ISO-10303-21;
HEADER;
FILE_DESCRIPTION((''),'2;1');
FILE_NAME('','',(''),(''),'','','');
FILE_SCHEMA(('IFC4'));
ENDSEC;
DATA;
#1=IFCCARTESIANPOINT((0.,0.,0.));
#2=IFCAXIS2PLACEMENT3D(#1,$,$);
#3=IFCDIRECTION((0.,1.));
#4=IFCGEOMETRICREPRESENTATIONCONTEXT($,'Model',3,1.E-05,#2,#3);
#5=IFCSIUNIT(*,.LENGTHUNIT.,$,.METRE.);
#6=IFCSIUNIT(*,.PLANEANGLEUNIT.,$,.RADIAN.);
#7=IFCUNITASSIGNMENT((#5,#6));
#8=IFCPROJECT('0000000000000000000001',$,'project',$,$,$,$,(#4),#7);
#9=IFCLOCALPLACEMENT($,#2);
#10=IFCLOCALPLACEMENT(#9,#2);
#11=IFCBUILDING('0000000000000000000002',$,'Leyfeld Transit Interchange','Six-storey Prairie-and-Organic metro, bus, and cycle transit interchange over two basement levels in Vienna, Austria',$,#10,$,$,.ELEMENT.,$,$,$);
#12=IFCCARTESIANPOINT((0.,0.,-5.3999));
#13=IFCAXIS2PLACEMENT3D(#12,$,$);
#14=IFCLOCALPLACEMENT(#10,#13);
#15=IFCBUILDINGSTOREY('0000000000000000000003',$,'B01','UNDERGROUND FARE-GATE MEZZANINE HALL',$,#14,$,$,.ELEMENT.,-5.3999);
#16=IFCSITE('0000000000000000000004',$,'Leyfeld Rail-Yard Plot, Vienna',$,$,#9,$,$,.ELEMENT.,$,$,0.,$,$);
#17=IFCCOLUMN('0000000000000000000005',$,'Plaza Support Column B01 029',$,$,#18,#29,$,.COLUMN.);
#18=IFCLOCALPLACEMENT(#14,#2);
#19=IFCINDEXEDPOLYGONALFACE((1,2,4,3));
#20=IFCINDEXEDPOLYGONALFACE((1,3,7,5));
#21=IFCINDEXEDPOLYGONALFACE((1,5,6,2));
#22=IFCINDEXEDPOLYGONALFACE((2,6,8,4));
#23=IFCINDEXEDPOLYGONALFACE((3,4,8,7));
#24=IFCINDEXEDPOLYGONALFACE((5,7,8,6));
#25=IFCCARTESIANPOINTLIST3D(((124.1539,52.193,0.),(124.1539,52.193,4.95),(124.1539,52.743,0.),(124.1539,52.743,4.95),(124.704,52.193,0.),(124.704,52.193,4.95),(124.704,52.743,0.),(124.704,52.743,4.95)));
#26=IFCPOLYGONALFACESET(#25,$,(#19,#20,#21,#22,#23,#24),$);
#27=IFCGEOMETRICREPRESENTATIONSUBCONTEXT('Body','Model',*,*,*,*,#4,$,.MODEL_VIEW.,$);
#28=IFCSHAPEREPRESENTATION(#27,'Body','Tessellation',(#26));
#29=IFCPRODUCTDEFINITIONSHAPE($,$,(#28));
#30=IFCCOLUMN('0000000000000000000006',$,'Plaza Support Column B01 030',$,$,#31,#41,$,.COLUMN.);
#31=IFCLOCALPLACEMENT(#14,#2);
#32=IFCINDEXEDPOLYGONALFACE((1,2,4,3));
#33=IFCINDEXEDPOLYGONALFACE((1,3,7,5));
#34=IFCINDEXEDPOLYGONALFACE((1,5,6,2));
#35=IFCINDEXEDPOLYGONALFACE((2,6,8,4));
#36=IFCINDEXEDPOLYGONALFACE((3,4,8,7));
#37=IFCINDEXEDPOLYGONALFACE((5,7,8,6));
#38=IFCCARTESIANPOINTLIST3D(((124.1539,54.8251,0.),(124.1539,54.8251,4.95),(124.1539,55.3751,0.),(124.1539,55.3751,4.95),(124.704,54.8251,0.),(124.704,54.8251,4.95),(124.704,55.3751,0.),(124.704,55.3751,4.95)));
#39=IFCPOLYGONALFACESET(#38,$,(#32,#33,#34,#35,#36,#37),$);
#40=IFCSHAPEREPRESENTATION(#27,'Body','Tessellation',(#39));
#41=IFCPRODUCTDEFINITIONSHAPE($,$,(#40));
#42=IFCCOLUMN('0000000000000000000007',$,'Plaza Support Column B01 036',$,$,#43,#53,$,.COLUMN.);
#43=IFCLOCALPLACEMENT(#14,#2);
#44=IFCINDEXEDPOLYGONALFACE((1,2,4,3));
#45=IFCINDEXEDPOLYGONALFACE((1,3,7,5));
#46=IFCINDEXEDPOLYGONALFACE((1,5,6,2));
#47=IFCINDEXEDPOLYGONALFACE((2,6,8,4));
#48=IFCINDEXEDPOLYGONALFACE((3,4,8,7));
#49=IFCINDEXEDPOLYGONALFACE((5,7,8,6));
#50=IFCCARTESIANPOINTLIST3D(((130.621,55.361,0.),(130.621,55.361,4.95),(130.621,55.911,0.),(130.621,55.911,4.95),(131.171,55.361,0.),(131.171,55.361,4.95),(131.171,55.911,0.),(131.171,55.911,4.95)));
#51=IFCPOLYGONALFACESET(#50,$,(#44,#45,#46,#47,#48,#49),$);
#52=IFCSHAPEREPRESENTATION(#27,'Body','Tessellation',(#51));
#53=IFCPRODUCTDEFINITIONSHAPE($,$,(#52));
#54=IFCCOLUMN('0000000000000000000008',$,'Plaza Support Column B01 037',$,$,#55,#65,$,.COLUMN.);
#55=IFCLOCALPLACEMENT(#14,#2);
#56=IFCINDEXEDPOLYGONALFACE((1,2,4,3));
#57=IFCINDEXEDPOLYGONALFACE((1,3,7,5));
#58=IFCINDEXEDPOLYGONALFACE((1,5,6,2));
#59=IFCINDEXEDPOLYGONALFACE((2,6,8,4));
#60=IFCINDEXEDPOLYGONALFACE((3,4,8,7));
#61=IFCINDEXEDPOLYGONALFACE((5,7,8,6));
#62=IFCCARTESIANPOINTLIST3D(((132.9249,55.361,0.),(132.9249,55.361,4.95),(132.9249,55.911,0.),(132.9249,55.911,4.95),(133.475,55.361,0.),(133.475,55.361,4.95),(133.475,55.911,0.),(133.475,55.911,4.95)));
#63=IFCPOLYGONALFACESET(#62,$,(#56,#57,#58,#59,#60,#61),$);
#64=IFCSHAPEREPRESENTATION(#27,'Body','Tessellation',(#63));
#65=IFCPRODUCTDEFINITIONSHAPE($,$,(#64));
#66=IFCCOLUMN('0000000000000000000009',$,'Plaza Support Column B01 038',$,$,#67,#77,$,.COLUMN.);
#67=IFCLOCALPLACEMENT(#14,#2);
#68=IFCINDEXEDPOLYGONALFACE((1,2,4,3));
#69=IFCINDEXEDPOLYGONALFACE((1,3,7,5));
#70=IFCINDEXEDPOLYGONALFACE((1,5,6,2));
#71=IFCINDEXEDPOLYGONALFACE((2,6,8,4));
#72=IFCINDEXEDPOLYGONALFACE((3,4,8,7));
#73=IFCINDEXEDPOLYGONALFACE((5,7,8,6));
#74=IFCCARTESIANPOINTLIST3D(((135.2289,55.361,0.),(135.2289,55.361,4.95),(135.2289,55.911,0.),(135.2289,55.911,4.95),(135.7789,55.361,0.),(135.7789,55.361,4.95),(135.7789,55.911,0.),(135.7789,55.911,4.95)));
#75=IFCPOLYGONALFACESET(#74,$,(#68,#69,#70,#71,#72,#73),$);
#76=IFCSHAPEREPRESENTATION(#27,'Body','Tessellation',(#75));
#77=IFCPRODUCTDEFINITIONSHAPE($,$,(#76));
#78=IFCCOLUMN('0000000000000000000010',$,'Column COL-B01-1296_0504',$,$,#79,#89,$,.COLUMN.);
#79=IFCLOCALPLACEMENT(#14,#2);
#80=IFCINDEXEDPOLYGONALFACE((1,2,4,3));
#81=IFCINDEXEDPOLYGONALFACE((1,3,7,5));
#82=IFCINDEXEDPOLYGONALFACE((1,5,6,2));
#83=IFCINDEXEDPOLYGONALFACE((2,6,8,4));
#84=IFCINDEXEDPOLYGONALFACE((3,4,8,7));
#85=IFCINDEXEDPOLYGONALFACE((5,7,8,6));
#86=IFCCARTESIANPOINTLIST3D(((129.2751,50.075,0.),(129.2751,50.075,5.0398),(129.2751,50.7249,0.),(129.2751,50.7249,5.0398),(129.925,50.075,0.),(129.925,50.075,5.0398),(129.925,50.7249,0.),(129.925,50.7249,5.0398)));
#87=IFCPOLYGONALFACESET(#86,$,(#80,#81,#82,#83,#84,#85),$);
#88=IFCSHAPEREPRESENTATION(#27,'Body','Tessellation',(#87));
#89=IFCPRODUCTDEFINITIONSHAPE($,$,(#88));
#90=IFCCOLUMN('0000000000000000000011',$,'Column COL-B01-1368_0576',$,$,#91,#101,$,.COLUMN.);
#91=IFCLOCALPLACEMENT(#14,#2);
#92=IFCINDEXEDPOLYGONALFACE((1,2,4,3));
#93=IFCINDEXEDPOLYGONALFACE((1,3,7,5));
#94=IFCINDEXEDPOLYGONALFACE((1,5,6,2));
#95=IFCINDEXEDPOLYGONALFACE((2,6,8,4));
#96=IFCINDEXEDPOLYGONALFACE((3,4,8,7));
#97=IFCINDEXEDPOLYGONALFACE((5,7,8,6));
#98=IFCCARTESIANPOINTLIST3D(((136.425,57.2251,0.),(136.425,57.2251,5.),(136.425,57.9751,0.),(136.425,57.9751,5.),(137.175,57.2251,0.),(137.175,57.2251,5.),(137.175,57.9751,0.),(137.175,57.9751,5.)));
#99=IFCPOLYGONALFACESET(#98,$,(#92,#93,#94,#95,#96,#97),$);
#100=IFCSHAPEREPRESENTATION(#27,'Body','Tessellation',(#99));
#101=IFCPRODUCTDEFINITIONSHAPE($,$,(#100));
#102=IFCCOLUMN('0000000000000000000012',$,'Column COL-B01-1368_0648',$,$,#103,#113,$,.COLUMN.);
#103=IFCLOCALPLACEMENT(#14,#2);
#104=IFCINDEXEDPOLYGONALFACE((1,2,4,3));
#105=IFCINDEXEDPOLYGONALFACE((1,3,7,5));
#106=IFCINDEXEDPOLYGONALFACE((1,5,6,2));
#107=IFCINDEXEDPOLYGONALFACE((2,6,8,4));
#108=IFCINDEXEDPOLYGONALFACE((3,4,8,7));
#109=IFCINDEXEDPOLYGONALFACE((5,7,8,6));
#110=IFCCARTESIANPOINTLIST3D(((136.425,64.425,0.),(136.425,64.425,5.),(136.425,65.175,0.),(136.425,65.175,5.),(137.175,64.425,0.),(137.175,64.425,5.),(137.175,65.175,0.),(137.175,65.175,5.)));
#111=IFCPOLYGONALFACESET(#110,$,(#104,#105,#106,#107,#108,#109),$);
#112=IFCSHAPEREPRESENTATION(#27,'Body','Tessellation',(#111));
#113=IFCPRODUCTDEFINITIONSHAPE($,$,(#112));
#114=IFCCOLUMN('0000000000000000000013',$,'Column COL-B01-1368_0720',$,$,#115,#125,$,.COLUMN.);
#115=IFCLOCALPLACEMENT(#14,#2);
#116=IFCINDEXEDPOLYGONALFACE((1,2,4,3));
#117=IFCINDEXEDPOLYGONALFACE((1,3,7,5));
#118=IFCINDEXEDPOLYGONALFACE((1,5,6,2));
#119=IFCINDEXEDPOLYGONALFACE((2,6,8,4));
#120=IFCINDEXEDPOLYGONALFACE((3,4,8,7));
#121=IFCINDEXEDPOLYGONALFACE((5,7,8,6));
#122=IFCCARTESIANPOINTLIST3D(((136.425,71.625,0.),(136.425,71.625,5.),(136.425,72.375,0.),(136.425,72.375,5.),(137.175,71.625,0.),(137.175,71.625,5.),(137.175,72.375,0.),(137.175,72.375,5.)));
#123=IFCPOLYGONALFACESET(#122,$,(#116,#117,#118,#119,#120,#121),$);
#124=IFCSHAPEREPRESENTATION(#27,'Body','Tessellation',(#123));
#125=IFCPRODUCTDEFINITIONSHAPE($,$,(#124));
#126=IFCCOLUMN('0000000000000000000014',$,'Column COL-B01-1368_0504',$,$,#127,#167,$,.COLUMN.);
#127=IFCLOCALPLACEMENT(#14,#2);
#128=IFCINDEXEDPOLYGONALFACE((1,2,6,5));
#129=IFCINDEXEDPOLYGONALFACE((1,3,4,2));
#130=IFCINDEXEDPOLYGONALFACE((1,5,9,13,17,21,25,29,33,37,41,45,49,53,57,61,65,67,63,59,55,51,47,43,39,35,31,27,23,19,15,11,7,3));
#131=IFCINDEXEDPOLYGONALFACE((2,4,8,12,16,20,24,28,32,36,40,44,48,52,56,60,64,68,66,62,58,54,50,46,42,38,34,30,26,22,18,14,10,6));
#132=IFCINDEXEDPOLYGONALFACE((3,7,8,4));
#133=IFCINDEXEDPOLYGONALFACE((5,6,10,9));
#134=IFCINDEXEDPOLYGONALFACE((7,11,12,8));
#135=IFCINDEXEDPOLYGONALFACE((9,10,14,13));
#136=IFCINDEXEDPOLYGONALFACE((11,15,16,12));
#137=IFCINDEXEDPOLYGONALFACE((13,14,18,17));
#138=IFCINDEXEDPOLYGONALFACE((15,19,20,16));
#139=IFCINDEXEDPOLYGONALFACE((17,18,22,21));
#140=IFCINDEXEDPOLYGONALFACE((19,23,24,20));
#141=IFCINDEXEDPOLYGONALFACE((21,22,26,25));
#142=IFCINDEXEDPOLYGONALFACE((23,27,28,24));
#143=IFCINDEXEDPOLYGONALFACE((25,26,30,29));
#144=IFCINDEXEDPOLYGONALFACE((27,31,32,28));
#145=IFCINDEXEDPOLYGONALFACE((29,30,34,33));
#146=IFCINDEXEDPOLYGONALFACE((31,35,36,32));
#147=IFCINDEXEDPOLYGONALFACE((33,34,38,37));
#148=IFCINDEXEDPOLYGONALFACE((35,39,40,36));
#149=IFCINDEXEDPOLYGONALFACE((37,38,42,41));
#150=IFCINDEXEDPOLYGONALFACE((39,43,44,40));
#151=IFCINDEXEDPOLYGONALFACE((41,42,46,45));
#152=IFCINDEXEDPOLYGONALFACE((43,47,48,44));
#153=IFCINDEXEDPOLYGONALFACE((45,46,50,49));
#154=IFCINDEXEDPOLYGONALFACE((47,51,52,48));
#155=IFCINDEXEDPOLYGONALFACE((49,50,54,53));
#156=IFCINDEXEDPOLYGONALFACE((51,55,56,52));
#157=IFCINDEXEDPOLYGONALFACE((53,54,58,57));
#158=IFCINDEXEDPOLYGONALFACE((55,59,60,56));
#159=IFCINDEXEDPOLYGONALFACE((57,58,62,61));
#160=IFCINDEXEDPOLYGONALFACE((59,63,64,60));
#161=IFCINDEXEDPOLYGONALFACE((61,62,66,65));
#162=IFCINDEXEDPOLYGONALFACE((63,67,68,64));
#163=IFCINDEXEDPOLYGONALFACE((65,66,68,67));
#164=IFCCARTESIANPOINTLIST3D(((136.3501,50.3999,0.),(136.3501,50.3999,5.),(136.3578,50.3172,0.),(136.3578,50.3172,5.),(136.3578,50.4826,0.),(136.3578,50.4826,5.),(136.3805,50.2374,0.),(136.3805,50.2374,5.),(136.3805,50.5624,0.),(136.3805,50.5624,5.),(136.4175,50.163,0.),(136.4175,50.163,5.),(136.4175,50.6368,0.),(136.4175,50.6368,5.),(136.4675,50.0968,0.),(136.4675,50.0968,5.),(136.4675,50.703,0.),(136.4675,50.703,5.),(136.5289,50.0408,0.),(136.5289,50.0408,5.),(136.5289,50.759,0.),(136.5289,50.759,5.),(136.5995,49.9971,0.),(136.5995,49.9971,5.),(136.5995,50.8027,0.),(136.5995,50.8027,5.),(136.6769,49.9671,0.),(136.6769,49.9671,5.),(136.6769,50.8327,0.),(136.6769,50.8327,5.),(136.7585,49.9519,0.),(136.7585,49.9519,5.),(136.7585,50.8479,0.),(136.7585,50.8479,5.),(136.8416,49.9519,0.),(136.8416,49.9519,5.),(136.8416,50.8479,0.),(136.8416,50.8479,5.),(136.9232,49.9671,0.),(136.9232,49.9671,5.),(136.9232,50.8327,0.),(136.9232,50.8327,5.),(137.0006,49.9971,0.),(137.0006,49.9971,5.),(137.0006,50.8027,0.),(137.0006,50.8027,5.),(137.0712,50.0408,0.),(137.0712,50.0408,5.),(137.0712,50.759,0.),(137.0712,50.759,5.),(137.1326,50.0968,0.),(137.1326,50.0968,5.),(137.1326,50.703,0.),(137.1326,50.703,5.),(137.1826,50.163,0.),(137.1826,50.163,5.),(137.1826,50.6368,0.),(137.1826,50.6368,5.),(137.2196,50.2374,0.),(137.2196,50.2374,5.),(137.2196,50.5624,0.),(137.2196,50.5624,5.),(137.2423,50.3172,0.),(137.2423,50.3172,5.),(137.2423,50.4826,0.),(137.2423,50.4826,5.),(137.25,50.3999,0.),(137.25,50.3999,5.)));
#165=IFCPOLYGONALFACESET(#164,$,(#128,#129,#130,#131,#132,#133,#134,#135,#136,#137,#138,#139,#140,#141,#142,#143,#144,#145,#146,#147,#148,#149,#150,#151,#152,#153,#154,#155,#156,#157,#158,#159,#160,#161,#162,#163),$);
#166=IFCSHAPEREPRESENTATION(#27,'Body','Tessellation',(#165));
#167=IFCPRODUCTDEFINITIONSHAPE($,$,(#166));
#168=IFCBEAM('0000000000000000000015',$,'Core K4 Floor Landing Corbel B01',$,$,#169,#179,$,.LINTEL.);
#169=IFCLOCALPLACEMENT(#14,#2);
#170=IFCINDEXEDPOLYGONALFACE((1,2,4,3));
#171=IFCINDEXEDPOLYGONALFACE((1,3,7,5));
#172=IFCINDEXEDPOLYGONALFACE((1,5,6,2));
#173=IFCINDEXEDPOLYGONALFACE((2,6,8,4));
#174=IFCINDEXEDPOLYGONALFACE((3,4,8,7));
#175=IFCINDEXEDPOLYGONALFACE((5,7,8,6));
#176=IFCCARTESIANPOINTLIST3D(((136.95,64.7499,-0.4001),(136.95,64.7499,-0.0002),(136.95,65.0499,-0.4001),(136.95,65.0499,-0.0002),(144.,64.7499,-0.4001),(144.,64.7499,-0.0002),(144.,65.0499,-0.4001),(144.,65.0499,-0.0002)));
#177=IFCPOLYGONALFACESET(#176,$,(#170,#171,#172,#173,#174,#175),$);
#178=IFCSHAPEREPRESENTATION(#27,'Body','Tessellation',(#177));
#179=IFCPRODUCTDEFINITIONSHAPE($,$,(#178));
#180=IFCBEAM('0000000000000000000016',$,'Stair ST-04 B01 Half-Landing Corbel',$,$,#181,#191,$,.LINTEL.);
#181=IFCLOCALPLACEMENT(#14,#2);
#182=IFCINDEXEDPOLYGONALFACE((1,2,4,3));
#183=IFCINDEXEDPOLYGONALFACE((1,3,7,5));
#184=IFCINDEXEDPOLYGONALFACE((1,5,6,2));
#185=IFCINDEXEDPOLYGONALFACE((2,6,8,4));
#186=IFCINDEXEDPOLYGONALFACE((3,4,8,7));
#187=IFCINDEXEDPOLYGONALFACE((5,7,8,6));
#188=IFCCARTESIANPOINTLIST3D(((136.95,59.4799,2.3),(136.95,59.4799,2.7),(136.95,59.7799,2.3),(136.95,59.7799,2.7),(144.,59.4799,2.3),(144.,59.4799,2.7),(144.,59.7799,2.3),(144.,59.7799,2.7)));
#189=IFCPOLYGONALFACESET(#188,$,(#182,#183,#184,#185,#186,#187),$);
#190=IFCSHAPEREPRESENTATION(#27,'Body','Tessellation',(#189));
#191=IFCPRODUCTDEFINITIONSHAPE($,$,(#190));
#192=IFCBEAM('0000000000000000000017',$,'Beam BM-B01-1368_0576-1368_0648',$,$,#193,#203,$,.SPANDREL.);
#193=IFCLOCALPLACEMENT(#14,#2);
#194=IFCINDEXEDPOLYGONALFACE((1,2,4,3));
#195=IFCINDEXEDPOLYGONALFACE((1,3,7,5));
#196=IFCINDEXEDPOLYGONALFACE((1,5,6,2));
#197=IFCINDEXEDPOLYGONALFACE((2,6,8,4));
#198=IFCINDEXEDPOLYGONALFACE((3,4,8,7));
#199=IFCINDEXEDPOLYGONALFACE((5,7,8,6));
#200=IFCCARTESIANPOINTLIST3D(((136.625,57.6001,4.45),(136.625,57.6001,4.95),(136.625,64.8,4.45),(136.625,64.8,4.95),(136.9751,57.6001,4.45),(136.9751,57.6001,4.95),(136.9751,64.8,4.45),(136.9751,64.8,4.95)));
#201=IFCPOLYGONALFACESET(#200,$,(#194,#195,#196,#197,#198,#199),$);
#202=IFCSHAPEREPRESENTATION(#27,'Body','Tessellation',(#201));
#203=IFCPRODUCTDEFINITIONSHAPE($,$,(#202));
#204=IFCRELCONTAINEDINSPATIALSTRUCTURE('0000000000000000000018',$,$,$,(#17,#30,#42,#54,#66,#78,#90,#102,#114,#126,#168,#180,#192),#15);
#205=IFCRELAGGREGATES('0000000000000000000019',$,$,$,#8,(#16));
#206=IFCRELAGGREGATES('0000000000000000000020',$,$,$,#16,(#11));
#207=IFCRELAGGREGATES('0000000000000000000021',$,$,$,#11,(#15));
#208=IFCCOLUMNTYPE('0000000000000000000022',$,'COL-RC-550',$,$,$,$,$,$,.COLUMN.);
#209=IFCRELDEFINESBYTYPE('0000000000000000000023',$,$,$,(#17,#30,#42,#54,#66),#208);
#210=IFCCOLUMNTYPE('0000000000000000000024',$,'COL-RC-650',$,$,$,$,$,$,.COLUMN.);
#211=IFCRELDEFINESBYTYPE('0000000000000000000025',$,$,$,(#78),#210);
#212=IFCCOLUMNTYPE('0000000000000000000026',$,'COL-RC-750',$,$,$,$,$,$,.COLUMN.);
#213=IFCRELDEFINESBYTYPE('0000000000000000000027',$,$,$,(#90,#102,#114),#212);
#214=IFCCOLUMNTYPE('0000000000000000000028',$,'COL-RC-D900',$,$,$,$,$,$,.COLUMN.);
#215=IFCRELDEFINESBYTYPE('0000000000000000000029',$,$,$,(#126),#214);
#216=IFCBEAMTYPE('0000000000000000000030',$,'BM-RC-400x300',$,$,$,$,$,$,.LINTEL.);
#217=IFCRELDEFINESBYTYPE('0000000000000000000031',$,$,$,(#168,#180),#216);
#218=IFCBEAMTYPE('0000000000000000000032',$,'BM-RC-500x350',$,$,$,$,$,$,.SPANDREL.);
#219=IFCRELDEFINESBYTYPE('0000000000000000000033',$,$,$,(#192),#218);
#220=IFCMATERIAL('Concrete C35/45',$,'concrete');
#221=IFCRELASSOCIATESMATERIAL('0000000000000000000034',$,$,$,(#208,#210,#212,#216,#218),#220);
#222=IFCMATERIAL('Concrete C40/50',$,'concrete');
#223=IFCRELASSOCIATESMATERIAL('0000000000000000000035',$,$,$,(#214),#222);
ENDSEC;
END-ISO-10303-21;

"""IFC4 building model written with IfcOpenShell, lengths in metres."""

from ifc_helpers import new_model, si_unit, direction, frame, origin, origin_2d, place, context, subcontext, project, spatial, rectangle, circle, extrude, material, material_profile, profile_set, type_object, element, save


model = new_model("IFC4")

# Units and contexts
model_context = context("Model", 3, precision=1e-05, world=origin(), true_north=direction((0.0, 1.0)))
body_context = subcontext(model_context, "Body", "Model", "MODEL_VIEW")
ifc_project = project(units=[si_unit("LENGTHUNIT", "METRE"), si_unit("PLANEANGLEUNIT", "RADIAN")], contexts=[model_context])

# Site, building, storey
site_placement = place(None, origin())
site = spatial("IfcSite", under=ifc_project, at=site_placement, Name="Leyfeld Rail-Yard Plot, Vienna", CompositionType="ELEMENT", RefElevation=0.0)
building_placement = place(site_placement, origin())
building = spatial("IfcBuilding", under=site, at=building_placement, Name="Leyfeld Transit Interchange", Description="Six-storey Prairie-and-Organic metro, bus, and cycle transit interchange over two basement levels in Vienna, Austria", CompositionType="ELEMENT")
storey_placement = place(building_placement, frame((0.0, 0.0, -5.3999)))
storey = spatial("IfcBuildingStorey", under=building, at=storey_placement, Name="B01", Description="UNDERGROUND FARE-GATE MEZZANINE HALL", CompositionType="ELEMENT", Elevation=-5.3999)

# Columns
ifc_material_1 = material(Name="Concrete C35/45", Category="concrete")
ifc_material_profile_1 = material_profile(ifc_material_1, rectangle(XDim=0.55, YDim=0.55, at=origin_2d()), Name="RC 550x550")
ifc_profile_set_1 = profile_set([ifc_material_profile_1], Name="Concrete C35/45")
column_type_1 = type_object("IfcColumnType", Name="COL-RC-550", PredefinedType="COLUMN", material=ifc_profile_set_1)
for number, where, z_axis, x_axis, name in (
    (1, (124.429, 52.468, 0.0), (0.0, 0.0, 1.0), (1.0, 0.0, 0.0), "Plaza Support Column B01 029"),
    (2, (124.429, 55.1001, 0.0), (0.0, 0.0, 1.0), (1.0, 0.0, 0.0), "Plaza Support Column B01 030"),
    (3, (130.896, 55.636, 0.0), (0.0, 0.0, 1.0), (1.0, 0.0, 0.0), "Plaza Support Column B01 036"),
    (4, (133.2, 55.636, 0.0), (0.0, 0.0, 1.0), (1.0, 0.0, 0.0), "Plaza Support Column B01 037"),
    (5, (135.5039, 55.636, 0.0), (0.0, 0.0, 1.0), (1.0, 0.0, 0.0), "Plaza Support Column B01 038"),
):
    element("IfcColumn", number, at=place(storey_placement, frame(where, z_axis=z_axis, x_axis=x_axis)), inside=storey, type_object=column_type_1, Name=name, PredefinedType="COLUMN", context=body_context, shape_type="SweptSolid", body=[
        extrude(rectangle(XDim=0.55, YDim=0.55, at=origin_2d()), origin(), (0.0, 0.0, 1.0), 4.95),
    ])
ifc_material_profile_2 = material_profile(ifc_material_1, rectangle(XDim=0.6499, YDim=0.6499, at=origin_2d()), Name="RC 650x650")
ifc_profile_set_2 = profile_set([ifc_material_profile_2], Name="Concrete C35/45")
column_type_2 = type_object("IfcColumnType", Name="COL-RC-650", PredefinedType="COLUMN", material=ifc_profile_set_2)
column_1_placement = place(storey_placement, frame((129.6001, 50.3999, 0.0), z_axis=(0.0, 0.0, 1.0), x_axis=(1.0, 0.0, 0.0)))
element("IfcColumn", 6, at=column_1_placement, inside=storey, type_object=column_type_2, Name="Column COL-B01-1296_0504", PredefinedType="COLUMN", context=body_context, shape_type="SweptSolid", body=[
    extrude(rectangle(XDim=0.6499, YDim=0.6499, at=origin_2d()), origin(), (0.0, 0.0, 1.0), 5.0398),
])
ifc_material_profile_3 = material_profile(ifc_material_1, rectangle(XDim=0.75, YDim=0.75, at=origin_2d()), Name="RC 750x750")
ifc_profile_set_3 = profile_set([ifc_material_profile_3], Name="Concrete C35/45")
column_type_3 = type_object("IfcColumnType", Name="COL-RC-750", PredefinedType="COLUMN", material=ifc_profile_set_3)
for number, where, z_axis, x_axis, name in (
    (7, (136.8, 57.6001, 0.0), (0.0, 0.0, 1.0), (1.0, 0.0, 0.0), "Column COL-B01-1368_0576"),
    (8, (136.8, 64.8, 0.0), (0.0, 0.0, 1.0), (1.0, 0.0, 0.0), "Column COL-B01-1368_0648"),
    (9, (136.8, 72.0, 0.0), (0.0, 0.0, 1.0), (1.0, 0.0, 0.0), "Column COL-B01-1368_0720"),
):
    element("IfcColumn", number, at=place(storey_placement, frame(where, z_axis=z_axis, x_axis=x_axis)), inside=storey, type_object=column_type_3, Name=name, PredefinedType="COLUMN", context=body_context, shape_type="SweptSolid", body=[
        extrude(rectangle(XDim=0.75, YDim=0.75, at=origin_2d()), origin(), (0.0, 0.0, 1.0), 5.0),
    ])
ifc_material_2 = material(Name="Concrete C40/50", Category="concrete")
ifc_material_profile_4 = material_profile(ifc_material_2, circle(Radius=0.45, at=origin_2d()), Name="RC D900")
ifc_profile_set_4 = profile_set([ifc_material_profile_4], Name="Concrete C40/50")
column_type_4 = type_object("IfcColumnType", Name="COL-RC-D900", PredefinedType="COLUMN", material=ifc_profile_set_4)
column_2_placement = place(storey_placement, frame((136.8, 50.3999, 0.0), z_axis=(0.0, 0.0, 1.0), x_axis=(1.0, 0.0, 0.0)))
element("IfcColumn", 10, at=column_2_placement, inside=storey, type_object=column_type_4, Name="Column COL-B01-1368_0504", PredefinedType="COLUMN", context=body_context, shape_type="SweptSolid", body=[
    extrude(circle(Radius=0.45, at=origin_2d()), origin(), (0.0, 0.0, 1.0), 5.0),
])

# Beams
ifc_material_profile_5 = material_profile(ifc_material_1, rectangle(XDim=0.3, YDim=0.3999, at=origin_2d()), Name="RC 400x300")
ifc_profile_set_5 = profile_set([ifc_material_profile_5], Name="Concrete C35/45")
beam_type_1 = type_object("IfcBeamType", Name="BM-RC-400x300", PredefinedType="LINTEL", material=ifc_profile_set_5)
for number, where, z_axis, x_axis, name in (
    (11, (136.95, 64.8999, -0.2002), (1.0, 0.0, 0.0), (0.0, 1.0, 0.0), "Core K4 Floor Landing Corbel B01"),
    (12, (136.95, 59.6299, 2.5), (1.0, 0.0, 0.0), (0.0, 1.0, 0.0), "Stair ST-04 B01 Half-Landing Corbel"),
):
    element("IfcBeam", number, at=place(storey_placement, frame(where, z_axis=z_axis, x_axis=x_axis)), inside=storey, type_object=beam_type_1, Name=name, PredefinedType="LINTEL", context=body_context, shape_type="SweptSolid", body=[
        extrude(rectangle(XDim=0.3, YDim=0.3999, at=origin_2d()), origin(), (0.0, 0.0, 1.0), 7.05),
    ])
ifc_material_profile_6 = material_profile(ifc_material_1, rectangle(XDim=0.3501, YDim=0.5, at=origin_2d()), Name="RC 500x350")
ifc_profile_set_6 = profile_set([ifc_material_profile_6], Name="Concrete C35/45")
beam_type_2 = type_object("IfcBeamType", Name="BM-RC-500x350", PredefinedType="SPANDREL", material=ifc_profile_set_6)
for number, where, z_axis, x_axis, name in (
    (13, (136.8, 57.6001, 4.7), (0.0, 1.0, 0.0), (-1.0, 0.0, 0.0), "Beam BM-B01-1368_0576-1368_0648"),
):
    element("IfcBeam", number, at=place(storey_placement, frame(where, z_axis=z_axis, x_axis=x_axis)), inside=storey, type_object=beam_type_2, Name=name, PredefinedType="SPANDREL", context=body_context, shape_type="SweptSolid", body=[
        extrude(rectangle(XDim=0.3501, YDim=0.5, at=origin_2d()), origin(), (0.0, 0.0, 1.0), 7.2),
    ])

save(model, "model.ifc")
